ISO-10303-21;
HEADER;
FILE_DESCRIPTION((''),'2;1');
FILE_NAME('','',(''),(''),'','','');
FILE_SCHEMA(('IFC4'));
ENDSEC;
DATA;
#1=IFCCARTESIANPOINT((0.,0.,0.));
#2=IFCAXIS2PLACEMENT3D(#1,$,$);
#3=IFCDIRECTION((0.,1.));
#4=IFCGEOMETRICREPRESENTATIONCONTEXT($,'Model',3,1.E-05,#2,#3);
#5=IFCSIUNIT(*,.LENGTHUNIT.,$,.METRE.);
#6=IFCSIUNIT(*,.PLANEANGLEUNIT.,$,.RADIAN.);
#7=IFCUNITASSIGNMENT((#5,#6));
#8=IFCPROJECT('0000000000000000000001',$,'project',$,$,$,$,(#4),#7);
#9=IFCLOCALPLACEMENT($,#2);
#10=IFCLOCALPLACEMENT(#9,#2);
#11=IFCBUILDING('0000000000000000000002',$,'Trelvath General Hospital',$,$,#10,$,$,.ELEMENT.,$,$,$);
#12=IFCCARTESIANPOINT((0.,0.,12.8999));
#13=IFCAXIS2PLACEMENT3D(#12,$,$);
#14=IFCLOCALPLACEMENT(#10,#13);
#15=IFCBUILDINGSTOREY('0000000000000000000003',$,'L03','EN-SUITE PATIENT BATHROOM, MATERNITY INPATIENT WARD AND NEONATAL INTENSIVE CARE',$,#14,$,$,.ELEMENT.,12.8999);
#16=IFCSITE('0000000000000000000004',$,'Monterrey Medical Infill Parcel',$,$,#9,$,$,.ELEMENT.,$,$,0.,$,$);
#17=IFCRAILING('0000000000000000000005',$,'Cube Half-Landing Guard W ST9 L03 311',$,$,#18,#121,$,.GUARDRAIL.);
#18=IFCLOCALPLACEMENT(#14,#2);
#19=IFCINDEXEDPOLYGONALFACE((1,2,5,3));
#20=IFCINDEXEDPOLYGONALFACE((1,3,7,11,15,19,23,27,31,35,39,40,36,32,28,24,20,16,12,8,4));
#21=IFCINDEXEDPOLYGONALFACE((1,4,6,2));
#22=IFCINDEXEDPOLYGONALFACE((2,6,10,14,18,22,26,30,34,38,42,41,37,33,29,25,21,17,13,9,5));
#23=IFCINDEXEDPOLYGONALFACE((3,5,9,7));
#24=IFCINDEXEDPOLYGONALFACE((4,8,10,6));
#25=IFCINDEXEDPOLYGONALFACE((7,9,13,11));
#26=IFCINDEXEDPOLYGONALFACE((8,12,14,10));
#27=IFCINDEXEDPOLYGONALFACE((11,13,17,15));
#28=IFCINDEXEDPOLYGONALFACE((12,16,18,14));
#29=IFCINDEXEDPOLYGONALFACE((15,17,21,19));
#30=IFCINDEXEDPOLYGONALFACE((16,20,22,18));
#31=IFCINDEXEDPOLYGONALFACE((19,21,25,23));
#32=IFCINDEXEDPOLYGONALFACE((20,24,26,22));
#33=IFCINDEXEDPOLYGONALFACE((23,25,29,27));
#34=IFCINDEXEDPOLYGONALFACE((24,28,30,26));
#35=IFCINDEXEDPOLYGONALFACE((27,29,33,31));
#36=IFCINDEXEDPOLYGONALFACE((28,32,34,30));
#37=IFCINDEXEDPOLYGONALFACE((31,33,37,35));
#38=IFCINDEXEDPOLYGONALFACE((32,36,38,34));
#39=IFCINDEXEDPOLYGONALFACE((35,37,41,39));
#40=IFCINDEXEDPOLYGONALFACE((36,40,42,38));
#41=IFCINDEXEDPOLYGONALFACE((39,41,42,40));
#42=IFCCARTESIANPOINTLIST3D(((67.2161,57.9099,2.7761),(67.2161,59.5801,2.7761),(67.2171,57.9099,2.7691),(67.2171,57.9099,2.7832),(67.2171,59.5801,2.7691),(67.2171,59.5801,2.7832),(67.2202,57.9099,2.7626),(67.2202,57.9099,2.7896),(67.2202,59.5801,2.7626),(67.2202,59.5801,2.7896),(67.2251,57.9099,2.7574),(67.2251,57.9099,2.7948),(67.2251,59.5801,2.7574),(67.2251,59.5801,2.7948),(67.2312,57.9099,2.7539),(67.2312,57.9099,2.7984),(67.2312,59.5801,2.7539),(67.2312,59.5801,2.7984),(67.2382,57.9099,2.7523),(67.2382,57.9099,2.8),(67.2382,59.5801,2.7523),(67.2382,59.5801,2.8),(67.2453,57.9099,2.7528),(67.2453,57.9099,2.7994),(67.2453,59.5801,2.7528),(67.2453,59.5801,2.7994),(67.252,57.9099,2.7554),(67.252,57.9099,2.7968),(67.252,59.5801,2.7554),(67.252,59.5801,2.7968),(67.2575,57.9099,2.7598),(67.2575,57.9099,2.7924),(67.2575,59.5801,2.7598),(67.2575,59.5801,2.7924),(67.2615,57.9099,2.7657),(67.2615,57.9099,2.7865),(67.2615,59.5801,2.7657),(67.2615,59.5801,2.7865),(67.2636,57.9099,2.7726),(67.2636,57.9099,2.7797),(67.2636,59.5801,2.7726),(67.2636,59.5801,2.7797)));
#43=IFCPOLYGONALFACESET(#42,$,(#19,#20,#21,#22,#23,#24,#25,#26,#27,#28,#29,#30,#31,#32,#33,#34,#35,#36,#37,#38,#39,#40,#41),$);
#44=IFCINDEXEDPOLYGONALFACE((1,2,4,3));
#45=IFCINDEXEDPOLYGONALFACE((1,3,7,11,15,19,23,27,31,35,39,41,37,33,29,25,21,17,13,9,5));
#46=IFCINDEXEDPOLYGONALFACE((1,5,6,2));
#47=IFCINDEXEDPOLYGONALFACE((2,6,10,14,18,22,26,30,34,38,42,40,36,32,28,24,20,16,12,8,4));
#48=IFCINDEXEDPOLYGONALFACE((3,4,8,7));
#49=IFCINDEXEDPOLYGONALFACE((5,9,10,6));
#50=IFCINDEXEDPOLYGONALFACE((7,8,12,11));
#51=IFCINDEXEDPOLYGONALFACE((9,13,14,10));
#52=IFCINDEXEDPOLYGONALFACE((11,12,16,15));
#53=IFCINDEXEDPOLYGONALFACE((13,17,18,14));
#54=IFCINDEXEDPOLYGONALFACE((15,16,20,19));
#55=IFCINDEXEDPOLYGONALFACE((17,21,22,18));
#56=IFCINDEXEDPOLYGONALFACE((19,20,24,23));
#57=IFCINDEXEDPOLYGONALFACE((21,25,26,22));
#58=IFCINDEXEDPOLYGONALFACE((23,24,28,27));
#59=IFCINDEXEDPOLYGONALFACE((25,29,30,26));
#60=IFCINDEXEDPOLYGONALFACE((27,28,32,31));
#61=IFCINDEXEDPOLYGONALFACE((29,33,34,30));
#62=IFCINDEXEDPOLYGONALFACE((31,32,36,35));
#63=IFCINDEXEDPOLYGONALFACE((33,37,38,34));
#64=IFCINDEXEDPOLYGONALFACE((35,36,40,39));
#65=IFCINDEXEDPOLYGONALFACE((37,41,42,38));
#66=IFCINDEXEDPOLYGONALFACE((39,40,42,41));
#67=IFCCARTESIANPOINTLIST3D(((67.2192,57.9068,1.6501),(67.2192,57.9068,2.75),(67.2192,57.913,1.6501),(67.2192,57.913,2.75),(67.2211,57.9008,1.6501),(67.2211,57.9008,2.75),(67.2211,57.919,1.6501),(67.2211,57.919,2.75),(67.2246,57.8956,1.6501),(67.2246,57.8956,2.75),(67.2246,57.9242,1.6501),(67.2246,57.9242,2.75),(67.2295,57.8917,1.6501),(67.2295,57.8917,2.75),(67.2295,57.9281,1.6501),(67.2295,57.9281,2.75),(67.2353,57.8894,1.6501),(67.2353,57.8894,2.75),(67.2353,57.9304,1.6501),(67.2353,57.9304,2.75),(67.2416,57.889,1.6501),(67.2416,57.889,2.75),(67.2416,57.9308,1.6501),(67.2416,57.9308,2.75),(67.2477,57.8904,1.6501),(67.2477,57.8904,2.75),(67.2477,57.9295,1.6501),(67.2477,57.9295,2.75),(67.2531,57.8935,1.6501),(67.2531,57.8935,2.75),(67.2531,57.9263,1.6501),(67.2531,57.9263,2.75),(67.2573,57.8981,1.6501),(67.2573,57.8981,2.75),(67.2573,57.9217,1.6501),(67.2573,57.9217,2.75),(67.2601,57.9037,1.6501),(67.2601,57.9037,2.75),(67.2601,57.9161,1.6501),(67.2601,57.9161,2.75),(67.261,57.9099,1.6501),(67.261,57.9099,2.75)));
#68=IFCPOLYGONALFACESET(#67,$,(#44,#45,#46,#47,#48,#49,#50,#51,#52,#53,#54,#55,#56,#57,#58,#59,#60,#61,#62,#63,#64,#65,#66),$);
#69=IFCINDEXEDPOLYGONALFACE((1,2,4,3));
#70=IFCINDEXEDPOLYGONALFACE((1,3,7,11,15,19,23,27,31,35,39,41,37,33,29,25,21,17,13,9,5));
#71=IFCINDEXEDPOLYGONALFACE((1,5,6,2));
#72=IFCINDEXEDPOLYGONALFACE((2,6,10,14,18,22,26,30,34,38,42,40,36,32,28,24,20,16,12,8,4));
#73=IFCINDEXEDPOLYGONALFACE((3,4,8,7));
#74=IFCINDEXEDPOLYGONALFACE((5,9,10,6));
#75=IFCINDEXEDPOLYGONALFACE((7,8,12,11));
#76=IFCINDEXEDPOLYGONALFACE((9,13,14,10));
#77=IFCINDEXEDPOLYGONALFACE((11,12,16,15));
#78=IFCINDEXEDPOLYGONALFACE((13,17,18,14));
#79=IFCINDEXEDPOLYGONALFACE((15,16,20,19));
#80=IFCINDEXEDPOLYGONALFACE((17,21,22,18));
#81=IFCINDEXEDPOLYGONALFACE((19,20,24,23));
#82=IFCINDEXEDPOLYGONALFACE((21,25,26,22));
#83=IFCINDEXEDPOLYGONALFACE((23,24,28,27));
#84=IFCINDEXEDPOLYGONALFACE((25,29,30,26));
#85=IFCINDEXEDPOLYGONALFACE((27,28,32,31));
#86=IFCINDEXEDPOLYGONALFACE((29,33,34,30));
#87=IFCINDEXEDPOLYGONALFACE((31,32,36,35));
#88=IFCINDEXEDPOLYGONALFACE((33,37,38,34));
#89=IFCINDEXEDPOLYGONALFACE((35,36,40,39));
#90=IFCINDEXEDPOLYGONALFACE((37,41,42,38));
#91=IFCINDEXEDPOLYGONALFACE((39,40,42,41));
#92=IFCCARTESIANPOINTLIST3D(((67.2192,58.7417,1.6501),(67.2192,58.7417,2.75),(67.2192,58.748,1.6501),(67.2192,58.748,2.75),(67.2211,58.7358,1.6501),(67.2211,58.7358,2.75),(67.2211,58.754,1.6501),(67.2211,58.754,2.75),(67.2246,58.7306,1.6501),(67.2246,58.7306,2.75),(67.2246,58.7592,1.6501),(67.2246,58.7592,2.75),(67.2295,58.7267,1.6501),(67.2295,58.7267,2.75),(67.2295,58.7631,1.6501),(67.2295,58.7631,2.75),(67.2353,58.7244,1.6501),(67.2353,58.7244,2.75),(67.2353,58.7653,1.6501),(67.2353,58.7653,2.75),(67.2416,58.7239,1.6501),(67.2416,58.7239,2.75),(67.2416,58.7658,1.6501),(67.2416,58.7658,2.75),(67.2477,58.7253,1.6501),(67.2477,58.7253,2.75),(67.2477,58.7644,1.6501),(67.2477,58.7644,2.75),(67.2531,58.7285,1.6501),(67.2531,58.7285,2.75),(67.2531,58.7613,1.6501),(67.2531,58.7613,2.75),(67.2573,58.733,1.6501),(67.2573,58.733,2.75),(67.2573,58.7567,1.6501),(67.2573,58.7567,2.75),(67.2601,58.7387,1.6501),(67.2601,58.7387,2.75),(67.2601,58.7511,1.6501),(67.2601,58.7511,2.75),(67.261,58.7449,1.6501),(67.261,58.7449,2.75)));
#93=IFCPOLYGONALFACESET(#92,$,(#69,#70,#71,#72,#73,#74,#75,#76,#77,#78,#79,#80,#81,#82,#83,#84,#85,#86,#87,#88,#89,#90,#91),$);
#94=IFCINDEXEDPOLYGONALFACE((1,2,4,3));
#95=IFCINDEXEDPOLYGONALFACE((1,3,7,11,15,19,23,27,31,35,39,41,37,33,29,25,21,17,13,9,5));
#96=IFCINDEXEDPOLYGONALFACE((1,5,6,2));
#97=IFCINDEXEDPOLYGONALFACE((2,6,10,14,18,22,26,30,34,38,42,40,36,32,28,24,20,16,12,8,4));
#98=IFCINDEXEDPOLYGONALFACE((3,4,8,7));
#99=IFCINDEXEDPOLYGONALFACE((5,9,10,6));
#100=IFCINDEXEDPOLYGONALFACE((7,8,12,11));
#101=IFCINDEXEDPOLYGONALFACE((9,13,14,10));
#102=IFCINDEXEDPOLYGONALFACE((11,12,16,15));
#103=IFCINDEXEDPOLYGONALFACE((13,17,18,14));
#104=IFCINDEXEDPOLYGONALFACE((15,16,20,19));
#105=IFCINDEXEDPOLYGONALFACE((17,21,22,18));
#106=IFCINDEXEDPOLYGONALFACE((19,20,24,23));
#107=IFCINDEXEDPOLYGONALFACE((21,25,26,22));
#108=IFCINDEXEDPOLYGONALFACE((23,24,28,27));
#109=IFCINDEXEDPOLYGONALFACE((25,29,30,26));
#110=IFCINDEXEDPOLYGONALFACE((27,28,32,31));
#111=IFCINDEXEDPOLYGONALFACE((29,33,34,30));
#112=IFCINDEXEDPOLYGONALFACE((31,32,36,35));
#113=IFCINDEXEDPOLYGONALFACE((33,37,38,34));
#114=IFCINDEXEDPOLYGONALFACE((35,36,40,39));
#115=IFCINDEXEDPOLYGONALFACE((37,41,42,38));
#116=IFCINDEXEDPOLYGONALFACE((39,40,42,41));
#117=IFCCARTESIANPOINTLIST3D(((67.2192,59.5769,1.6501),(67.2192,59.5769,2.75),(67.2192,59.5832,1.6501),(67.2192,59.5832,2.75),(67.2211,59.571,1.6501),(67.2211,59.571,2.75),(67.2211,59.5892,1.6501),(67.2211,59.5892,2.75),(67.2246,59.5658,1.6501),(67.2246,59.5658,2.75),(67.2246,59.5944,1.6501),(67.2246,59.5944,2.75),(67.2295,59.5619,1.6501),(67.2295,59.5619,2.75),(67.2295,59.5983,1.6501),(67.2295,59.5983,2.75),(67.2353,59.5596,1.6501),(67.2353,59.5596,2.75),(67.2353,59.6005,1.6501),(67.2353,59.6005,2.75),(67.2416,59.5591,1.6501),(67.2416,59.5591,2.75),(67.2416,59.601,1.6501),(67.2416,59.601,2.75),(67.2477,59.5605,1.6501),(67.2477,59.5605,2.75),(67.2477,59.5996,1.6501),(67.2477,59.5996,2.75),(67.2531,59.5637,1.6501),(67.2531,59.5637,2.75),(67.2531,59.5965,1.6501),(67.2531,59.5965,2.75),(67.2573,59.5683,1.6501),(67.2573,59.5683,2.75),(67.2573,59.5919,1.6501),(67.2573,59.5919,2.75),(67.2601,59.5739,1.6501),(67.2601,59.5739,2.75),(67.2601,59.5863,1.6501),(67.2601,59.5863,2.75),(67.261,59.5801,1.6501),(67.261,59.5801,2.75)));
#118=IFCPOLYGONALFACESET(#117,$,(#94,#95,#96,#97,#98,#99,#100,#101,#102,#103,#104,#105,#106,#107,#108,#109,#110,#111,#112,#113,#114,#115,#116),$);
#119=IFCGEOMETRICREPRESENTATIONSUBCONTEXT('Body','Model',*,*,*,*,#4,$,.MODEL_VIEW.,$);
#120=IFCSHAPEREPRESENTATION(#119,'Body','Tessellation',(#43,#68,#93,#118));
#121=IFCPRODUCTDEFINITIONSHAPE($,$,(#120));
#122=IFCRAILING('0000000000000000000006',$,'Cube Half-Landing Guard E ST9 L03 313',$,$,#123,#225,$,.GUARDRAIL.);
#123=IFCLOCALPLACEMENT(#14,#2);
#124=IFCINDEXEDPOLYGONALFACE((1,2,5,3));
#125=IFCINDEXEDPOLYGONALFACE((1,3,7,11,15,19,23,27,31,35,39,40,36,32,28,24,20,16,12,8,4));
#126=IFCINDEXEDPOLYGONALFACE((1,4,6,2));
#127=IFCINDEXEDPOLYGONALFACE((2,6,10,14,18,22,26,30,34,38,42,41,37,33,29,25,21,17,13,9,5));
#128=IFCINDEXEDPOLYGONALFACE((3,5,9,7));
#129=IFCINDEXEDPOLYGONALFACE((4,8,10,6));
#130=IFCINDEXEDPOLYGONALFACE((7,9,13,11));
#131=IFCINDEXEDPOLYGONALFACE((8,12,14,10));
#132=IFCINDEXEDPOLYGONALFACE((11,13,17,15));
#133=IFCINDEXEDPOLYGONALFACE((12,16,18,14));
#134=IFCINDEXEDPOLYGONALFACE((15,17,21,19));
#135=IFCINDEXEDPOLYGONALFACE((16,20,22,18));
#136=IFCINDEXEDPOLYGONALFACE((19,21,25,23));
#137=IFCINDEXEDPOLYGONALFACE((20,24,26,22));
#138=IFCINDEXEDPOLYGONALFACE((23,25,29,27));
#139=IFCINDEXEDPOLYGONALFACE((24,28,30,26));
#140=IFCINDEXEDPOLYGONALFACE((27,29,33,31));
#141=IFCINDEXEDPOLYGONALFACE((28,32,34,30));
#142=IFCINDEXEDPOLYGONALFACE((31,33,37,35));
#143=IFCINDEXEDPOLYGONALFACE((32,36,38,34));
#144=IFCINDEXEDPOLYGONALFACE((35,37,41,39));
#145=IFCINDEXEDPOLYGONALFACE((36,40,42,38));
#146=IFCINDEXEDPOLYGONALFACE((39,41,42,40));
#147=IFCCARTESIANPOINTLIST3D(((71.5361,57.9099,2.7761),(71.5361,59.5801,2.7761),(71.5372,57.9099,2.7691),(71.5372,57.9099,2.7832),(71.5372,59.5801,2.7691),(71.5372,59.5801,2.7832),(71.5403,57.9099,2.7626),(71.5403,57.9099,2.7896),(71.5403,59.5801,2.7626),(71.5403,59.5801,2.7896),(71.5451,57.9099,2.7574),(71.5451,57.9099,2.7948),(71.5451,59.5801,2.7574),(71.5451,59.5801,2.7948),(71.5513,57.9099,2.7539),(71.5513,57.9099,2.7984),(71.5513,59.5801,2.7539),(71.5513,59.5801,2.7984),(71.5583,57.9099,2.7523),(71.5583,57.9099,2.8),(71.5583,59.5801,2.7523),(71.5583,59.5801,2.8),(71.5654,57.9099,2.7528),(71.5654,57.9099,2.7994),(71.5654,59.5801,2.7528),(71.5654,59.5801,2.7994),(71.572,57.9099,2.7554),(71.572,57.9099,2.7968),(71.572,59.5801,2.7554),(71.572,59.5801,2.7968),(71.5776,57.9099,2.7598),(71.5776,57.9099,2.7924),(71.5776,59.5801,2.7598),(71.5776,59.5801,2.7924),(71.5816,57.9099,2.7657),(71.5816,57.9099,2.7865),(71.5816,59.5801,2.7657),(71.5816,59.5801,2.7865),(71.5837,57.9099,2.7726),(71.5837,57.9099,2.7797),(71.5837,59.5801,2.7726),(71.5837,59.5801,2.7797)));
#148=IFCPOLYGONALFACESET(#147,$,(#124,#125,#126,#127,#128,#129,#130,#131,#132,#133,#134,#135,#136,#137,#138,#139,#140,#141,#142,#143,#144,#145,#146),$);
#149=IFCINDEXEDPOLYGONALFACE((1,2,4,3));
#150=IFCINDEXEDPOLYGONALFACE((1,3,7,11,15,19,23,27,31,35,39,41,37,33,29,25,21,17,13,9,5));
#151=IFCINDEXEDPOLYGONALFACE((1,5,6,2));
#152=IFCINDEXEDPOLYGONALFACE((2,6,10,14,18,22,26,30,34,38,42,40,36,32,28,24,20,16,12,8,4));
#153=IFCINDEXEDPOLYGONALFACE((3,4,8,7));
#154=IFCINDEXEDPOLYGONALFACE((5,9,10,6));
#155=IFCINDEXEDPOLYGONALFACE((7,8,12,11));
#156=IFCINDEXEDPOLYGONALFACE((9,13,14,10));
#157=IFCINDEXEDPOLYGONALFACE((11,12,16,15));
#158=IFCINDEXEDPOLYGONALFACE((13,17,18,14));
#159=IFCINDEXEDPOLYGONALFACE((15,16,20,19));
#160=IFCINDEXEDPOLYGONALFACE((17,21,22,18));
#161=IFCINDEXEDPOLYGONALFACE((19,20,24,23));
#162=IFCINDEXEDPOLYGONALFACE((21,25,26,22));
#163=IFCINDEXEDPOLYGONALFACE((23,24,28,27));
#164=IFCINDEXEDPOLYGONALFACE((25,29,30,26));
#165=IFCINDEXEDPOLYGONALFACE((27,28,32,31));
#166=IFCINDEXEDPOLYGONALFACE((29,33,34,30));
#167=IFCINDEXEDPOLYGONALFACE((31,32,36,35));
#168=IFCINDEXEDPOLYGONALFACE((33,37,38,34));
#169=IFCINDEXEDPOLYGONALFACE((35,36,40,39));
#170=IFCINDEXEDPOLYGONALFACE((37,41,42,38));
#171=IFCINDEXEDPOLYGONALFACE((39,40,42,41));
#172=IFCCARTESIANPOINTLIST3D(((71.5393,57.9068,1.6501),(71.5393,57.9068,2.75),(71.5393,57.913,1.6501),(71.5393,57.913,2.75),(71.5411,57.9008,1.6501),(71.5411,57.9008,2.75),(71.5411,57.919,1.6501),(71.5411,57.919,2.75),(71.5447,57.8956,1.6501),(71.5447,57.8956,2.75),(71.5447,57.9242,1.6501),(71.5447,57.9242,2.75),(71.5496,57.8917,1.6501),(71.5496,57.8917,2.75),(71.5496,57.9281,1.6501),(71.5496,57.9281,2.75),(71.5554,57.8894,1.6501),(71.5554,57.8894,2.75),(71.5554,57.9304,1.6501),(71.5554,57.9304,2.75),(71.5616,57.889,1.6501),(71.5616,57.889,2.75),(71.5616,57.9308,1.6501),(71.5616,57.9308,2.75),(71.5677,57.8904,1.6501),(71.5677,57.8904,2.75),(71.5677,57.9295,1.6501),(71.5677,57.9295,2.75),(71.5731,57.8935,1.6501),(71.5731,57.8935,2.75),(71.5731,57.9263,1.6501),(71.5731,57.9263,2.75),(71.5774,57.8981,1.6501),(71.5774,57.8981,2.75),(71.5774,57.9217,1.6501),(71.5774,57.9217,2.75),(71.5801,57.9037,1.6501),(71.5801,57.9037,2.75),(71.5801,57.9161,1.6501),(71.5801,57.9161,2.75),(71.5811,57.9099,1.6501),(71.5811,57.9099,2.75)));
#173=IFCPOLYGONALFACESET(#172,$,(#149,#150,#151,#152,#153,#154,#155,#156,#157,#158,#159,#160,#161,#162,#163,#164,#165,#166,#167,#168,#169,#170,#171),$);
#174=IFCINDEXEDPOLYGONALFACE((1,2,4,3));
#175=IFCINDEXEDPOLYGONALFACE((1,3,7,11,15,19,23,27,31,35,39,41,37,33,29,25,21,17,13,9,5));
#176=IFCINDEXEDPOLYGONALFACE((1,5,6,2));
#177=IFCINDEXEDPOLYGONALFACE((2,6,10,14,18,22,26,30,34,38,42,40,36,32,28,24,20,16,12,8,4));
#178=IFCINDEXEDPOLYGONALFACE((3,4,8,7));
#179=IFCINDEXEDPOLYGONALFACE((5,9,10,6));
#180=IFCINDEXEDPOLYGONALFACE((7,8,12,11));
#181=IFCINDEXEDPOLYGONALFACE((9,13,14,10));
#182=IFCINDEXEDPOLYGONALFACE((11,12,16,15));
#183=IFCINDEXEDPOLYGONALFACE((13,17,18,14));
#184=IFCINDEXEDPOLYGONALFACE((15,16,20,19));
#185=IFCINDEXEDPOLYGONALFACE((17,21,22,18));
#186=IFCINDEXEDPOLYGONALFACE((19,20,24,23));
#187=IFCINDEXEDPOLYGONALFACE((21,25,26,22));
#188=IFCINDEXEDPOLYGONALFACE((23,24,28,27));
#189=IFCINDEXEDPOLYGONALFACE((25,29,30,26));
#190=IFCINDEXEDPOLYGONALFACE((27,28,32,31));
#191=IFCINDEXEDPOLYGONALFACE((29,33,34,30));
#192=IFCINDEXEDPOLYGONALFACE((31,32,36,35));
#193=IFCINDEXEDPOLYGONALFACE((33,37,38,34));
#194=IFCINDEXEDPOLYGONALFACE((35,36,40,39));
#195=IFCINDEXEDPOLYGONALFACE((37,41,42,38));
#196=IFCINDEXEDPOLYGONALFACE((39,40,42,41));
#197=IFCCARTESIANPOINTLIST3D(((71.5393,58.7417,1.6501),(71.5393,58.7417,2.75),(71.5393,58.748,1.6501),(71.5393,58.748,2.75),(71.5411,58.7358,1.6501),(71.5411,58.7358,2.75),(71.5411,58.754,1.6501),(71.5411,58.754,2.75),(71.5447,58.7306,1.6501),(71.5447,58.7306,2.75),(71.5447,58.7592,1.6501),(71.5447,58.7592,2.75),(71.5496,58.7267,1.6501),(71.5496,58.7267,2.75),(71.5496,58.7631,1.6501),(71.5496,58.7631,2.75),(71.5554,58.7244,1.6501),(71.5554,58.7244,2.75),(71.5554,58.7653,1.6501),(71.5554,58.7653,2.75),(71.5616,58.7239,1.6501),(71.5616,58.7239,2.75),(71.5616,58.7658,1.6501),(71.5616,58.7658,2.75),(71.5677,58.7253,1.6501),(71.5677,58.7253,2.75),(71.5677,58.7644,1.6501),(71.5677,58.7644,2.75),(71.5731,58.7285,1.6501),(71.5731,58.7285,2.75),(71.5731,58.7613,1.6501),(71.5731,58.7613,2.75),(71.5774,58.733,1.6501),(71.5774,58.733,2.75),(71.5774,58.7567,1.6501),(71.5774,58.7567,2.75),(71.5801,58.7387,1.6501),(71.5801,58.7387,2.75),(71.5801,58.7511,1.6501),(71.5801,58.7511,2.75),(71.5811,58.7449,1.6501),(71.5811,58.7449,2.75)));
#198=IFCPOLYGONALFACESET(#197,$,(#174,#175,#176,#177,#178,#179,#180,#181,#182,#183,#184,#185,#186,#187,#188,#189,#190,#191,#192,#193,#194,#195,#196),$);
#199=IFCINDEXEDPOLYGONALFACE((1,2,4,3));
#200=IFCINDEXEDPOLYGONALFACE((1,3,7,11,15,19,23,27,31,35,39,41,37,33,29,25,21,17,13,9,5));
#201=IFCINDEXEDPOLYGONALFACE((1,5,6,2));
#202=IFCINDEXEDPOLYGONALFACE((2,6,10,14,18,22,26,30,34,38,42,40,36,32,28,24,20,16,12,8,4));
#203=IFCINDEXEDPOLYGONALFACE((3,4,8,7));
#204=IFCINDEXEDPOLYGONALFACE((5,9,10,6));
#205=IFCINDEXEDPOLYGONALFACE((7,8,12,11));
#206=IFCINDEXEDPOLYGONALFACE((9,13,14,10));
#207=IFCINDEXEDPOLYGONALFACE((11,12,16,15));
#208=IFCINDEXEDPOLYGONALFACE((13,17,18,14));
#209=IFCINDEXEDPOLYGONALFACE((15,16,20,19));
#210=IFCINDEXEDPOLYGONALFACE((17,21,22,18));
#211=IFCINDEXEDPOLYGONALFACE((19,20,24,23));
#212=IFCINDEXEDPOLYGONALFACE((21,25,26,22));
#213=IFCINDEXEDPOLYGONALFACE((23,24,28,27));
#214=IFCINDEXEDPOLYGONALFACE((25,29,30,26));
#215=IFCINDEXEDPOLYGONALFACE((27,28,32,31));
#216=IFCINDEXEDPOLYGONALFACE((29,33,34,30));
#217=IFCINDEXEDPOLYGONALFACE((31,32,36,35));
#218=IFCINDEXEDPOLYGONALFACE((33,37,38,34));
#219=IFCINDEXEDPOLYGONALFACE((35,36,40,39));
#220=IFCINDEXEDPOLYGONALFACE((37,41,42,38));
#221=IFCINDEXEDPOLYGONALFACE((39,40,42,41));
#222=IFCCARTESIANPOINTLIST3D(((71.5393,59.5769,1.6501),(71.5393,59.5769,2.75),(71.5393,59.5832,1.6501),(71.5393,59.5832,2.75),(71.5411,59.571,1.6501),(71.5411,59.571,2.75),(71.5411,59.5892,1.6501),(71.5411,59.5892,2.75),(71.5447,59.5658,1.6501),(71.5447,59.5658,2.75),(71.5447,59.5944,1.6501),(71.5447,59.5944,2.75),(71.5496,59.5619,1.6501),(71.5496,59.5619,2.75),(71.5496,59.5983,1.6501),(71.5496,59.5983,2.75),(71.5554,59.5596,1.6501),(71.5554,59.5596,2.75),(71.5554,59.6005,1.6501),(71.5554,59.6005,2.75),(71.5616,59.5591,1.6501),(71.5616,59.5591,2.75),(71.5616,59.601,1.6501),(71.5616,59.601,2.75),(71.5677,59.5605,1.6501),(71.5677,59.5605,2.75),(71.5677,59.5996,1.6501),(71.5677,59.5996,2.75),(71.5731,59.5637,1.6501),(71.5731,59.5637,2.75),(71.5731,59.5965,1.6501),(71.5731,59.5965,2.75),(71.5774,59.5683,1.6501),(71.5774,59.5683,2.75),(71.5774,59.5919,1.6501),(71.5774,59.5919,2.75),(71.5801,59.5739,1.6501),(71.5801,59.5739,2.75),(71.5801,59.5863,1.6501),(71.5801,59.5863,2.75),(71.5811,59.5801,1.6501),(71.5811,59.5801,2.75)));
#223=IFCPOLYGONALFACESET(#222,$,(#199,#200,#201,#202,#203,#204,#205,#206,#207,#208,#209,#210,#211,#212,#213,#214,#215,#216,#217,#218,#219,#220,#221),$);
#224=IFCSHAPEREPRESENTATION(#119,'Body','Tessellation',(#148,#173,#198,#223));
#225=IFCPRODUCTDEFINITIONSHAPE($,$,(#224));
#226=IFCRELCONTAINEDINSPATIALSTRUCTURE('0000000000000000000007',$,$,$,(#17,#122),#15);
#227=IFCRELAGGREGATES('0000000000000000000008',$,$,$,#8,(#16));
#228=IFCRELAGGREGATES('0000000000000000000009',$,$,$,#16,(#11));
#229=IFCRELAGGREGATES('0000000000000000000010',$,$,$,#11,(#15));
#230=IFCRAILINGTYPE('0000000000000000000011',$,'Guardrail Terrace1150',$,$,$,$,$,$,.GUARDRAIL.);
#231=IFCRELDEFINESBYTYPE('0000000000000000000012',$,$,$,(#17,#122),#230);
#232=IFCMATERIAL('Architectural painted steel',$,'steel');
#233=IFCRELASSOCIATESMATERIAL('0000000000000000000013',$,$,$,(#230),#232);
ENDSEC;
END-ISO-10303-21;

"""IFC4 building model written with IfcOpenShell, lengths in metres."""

from ifc_helpers import new_model, si_unit, direction, frame, origin, origin_2d, place, context, subcontext, project, spatial, circle, extrude, material, type_object, element, save


model = new_model("IFC4")

# Units and contexts
model_context = context("Model", 3, precision=1e-05, world=origin(), true_north=direction((0.0, 1.0)))
body_context = subcontext(model_context, "Body", "Model", "MODEL_VIEW")
ifc_project = project(units=[si_unit("LENGTHUNIT", "METRE"), si_unit("PLANEANGLEUNIT", "RADIAN")], contexts=[model_context])

# Site, building, storey
site_placement = place(None, origin())
site = spatial("IfcSite", under=ifc_project, at=site_placement, Name="Monterrey Medical Infill Parcel", CompositionType="ELEMENT", RefElevation=0.0)
building_placement = place(site_placement, origin())
building = spatial("IfcBuilding", under=site, at=building_placement, Name="Trelvath General Hospital", CompositionType="ELEMENT")
storey_placement = place(building_placement, frame((0.0, 0.0, 12.8999)))
storey = spatial("IfcBuildingStorey", under=building, at=storey_placement, Name="L03", Description="EN-SUITE PATIENT BATHROOM, MATERNITY INPATIENT WARD AND NEONATAL INTENSIVE CARE", CompositionType="ELEMENT", Elevation=12.8999)

# Railings
ifc_material_1 = material(Name="Architectural painted steel", Category="steel")
railing_type = type_object("IfcRailingType", Name="Guardrail Terrace1150", PredefinedType="GUARDRAIL", material=ifc_material_1)
for number, where, name in (
    (1, (67.24, 57.9099, 1.6501), "Cube Half-Landing Guard W ST9 L03 311"),
    (2, (71.5601, 57.9099, 1.6501), "Cube Half-Landing Guard E ST9 L03 313"),
):
    element("IfcRailing", number, at=place(storey_placement, frame(where)), inside=storey, type_object=railing_type, Name=name, PredefinedType="GUARDRAIL", context=body_context, shape_type="SweptSolid", body=[
        extrude(circle(Radius=0.0239, at=origin_2d()), frame((0.0, 0.0, 1.126), z_axis=(0.0, 1.0, 0.0), x_axis=(-1.0, 0.0, 0.0)), (0.0, 0.0, 1.0), 1.6702),
        extrude(circle(Radius=0.021, at=origin_2d()), origin(), (0.0, 0.0, 1.0), 1.0999),
        extrude(circle(Radius=0.021, at=origin_2d()), frame((0.0, 0.835, 0.0)), (0.0, 0.0, 1.0), 1.0999),
        extrude(circle(Radius=0.021, at=origin_2d()), frame((0.0, 1.6702, 0.0)), (0.0, 0.0, 1.0), 1.0999),
    ])

save(model, "model.ifc")
